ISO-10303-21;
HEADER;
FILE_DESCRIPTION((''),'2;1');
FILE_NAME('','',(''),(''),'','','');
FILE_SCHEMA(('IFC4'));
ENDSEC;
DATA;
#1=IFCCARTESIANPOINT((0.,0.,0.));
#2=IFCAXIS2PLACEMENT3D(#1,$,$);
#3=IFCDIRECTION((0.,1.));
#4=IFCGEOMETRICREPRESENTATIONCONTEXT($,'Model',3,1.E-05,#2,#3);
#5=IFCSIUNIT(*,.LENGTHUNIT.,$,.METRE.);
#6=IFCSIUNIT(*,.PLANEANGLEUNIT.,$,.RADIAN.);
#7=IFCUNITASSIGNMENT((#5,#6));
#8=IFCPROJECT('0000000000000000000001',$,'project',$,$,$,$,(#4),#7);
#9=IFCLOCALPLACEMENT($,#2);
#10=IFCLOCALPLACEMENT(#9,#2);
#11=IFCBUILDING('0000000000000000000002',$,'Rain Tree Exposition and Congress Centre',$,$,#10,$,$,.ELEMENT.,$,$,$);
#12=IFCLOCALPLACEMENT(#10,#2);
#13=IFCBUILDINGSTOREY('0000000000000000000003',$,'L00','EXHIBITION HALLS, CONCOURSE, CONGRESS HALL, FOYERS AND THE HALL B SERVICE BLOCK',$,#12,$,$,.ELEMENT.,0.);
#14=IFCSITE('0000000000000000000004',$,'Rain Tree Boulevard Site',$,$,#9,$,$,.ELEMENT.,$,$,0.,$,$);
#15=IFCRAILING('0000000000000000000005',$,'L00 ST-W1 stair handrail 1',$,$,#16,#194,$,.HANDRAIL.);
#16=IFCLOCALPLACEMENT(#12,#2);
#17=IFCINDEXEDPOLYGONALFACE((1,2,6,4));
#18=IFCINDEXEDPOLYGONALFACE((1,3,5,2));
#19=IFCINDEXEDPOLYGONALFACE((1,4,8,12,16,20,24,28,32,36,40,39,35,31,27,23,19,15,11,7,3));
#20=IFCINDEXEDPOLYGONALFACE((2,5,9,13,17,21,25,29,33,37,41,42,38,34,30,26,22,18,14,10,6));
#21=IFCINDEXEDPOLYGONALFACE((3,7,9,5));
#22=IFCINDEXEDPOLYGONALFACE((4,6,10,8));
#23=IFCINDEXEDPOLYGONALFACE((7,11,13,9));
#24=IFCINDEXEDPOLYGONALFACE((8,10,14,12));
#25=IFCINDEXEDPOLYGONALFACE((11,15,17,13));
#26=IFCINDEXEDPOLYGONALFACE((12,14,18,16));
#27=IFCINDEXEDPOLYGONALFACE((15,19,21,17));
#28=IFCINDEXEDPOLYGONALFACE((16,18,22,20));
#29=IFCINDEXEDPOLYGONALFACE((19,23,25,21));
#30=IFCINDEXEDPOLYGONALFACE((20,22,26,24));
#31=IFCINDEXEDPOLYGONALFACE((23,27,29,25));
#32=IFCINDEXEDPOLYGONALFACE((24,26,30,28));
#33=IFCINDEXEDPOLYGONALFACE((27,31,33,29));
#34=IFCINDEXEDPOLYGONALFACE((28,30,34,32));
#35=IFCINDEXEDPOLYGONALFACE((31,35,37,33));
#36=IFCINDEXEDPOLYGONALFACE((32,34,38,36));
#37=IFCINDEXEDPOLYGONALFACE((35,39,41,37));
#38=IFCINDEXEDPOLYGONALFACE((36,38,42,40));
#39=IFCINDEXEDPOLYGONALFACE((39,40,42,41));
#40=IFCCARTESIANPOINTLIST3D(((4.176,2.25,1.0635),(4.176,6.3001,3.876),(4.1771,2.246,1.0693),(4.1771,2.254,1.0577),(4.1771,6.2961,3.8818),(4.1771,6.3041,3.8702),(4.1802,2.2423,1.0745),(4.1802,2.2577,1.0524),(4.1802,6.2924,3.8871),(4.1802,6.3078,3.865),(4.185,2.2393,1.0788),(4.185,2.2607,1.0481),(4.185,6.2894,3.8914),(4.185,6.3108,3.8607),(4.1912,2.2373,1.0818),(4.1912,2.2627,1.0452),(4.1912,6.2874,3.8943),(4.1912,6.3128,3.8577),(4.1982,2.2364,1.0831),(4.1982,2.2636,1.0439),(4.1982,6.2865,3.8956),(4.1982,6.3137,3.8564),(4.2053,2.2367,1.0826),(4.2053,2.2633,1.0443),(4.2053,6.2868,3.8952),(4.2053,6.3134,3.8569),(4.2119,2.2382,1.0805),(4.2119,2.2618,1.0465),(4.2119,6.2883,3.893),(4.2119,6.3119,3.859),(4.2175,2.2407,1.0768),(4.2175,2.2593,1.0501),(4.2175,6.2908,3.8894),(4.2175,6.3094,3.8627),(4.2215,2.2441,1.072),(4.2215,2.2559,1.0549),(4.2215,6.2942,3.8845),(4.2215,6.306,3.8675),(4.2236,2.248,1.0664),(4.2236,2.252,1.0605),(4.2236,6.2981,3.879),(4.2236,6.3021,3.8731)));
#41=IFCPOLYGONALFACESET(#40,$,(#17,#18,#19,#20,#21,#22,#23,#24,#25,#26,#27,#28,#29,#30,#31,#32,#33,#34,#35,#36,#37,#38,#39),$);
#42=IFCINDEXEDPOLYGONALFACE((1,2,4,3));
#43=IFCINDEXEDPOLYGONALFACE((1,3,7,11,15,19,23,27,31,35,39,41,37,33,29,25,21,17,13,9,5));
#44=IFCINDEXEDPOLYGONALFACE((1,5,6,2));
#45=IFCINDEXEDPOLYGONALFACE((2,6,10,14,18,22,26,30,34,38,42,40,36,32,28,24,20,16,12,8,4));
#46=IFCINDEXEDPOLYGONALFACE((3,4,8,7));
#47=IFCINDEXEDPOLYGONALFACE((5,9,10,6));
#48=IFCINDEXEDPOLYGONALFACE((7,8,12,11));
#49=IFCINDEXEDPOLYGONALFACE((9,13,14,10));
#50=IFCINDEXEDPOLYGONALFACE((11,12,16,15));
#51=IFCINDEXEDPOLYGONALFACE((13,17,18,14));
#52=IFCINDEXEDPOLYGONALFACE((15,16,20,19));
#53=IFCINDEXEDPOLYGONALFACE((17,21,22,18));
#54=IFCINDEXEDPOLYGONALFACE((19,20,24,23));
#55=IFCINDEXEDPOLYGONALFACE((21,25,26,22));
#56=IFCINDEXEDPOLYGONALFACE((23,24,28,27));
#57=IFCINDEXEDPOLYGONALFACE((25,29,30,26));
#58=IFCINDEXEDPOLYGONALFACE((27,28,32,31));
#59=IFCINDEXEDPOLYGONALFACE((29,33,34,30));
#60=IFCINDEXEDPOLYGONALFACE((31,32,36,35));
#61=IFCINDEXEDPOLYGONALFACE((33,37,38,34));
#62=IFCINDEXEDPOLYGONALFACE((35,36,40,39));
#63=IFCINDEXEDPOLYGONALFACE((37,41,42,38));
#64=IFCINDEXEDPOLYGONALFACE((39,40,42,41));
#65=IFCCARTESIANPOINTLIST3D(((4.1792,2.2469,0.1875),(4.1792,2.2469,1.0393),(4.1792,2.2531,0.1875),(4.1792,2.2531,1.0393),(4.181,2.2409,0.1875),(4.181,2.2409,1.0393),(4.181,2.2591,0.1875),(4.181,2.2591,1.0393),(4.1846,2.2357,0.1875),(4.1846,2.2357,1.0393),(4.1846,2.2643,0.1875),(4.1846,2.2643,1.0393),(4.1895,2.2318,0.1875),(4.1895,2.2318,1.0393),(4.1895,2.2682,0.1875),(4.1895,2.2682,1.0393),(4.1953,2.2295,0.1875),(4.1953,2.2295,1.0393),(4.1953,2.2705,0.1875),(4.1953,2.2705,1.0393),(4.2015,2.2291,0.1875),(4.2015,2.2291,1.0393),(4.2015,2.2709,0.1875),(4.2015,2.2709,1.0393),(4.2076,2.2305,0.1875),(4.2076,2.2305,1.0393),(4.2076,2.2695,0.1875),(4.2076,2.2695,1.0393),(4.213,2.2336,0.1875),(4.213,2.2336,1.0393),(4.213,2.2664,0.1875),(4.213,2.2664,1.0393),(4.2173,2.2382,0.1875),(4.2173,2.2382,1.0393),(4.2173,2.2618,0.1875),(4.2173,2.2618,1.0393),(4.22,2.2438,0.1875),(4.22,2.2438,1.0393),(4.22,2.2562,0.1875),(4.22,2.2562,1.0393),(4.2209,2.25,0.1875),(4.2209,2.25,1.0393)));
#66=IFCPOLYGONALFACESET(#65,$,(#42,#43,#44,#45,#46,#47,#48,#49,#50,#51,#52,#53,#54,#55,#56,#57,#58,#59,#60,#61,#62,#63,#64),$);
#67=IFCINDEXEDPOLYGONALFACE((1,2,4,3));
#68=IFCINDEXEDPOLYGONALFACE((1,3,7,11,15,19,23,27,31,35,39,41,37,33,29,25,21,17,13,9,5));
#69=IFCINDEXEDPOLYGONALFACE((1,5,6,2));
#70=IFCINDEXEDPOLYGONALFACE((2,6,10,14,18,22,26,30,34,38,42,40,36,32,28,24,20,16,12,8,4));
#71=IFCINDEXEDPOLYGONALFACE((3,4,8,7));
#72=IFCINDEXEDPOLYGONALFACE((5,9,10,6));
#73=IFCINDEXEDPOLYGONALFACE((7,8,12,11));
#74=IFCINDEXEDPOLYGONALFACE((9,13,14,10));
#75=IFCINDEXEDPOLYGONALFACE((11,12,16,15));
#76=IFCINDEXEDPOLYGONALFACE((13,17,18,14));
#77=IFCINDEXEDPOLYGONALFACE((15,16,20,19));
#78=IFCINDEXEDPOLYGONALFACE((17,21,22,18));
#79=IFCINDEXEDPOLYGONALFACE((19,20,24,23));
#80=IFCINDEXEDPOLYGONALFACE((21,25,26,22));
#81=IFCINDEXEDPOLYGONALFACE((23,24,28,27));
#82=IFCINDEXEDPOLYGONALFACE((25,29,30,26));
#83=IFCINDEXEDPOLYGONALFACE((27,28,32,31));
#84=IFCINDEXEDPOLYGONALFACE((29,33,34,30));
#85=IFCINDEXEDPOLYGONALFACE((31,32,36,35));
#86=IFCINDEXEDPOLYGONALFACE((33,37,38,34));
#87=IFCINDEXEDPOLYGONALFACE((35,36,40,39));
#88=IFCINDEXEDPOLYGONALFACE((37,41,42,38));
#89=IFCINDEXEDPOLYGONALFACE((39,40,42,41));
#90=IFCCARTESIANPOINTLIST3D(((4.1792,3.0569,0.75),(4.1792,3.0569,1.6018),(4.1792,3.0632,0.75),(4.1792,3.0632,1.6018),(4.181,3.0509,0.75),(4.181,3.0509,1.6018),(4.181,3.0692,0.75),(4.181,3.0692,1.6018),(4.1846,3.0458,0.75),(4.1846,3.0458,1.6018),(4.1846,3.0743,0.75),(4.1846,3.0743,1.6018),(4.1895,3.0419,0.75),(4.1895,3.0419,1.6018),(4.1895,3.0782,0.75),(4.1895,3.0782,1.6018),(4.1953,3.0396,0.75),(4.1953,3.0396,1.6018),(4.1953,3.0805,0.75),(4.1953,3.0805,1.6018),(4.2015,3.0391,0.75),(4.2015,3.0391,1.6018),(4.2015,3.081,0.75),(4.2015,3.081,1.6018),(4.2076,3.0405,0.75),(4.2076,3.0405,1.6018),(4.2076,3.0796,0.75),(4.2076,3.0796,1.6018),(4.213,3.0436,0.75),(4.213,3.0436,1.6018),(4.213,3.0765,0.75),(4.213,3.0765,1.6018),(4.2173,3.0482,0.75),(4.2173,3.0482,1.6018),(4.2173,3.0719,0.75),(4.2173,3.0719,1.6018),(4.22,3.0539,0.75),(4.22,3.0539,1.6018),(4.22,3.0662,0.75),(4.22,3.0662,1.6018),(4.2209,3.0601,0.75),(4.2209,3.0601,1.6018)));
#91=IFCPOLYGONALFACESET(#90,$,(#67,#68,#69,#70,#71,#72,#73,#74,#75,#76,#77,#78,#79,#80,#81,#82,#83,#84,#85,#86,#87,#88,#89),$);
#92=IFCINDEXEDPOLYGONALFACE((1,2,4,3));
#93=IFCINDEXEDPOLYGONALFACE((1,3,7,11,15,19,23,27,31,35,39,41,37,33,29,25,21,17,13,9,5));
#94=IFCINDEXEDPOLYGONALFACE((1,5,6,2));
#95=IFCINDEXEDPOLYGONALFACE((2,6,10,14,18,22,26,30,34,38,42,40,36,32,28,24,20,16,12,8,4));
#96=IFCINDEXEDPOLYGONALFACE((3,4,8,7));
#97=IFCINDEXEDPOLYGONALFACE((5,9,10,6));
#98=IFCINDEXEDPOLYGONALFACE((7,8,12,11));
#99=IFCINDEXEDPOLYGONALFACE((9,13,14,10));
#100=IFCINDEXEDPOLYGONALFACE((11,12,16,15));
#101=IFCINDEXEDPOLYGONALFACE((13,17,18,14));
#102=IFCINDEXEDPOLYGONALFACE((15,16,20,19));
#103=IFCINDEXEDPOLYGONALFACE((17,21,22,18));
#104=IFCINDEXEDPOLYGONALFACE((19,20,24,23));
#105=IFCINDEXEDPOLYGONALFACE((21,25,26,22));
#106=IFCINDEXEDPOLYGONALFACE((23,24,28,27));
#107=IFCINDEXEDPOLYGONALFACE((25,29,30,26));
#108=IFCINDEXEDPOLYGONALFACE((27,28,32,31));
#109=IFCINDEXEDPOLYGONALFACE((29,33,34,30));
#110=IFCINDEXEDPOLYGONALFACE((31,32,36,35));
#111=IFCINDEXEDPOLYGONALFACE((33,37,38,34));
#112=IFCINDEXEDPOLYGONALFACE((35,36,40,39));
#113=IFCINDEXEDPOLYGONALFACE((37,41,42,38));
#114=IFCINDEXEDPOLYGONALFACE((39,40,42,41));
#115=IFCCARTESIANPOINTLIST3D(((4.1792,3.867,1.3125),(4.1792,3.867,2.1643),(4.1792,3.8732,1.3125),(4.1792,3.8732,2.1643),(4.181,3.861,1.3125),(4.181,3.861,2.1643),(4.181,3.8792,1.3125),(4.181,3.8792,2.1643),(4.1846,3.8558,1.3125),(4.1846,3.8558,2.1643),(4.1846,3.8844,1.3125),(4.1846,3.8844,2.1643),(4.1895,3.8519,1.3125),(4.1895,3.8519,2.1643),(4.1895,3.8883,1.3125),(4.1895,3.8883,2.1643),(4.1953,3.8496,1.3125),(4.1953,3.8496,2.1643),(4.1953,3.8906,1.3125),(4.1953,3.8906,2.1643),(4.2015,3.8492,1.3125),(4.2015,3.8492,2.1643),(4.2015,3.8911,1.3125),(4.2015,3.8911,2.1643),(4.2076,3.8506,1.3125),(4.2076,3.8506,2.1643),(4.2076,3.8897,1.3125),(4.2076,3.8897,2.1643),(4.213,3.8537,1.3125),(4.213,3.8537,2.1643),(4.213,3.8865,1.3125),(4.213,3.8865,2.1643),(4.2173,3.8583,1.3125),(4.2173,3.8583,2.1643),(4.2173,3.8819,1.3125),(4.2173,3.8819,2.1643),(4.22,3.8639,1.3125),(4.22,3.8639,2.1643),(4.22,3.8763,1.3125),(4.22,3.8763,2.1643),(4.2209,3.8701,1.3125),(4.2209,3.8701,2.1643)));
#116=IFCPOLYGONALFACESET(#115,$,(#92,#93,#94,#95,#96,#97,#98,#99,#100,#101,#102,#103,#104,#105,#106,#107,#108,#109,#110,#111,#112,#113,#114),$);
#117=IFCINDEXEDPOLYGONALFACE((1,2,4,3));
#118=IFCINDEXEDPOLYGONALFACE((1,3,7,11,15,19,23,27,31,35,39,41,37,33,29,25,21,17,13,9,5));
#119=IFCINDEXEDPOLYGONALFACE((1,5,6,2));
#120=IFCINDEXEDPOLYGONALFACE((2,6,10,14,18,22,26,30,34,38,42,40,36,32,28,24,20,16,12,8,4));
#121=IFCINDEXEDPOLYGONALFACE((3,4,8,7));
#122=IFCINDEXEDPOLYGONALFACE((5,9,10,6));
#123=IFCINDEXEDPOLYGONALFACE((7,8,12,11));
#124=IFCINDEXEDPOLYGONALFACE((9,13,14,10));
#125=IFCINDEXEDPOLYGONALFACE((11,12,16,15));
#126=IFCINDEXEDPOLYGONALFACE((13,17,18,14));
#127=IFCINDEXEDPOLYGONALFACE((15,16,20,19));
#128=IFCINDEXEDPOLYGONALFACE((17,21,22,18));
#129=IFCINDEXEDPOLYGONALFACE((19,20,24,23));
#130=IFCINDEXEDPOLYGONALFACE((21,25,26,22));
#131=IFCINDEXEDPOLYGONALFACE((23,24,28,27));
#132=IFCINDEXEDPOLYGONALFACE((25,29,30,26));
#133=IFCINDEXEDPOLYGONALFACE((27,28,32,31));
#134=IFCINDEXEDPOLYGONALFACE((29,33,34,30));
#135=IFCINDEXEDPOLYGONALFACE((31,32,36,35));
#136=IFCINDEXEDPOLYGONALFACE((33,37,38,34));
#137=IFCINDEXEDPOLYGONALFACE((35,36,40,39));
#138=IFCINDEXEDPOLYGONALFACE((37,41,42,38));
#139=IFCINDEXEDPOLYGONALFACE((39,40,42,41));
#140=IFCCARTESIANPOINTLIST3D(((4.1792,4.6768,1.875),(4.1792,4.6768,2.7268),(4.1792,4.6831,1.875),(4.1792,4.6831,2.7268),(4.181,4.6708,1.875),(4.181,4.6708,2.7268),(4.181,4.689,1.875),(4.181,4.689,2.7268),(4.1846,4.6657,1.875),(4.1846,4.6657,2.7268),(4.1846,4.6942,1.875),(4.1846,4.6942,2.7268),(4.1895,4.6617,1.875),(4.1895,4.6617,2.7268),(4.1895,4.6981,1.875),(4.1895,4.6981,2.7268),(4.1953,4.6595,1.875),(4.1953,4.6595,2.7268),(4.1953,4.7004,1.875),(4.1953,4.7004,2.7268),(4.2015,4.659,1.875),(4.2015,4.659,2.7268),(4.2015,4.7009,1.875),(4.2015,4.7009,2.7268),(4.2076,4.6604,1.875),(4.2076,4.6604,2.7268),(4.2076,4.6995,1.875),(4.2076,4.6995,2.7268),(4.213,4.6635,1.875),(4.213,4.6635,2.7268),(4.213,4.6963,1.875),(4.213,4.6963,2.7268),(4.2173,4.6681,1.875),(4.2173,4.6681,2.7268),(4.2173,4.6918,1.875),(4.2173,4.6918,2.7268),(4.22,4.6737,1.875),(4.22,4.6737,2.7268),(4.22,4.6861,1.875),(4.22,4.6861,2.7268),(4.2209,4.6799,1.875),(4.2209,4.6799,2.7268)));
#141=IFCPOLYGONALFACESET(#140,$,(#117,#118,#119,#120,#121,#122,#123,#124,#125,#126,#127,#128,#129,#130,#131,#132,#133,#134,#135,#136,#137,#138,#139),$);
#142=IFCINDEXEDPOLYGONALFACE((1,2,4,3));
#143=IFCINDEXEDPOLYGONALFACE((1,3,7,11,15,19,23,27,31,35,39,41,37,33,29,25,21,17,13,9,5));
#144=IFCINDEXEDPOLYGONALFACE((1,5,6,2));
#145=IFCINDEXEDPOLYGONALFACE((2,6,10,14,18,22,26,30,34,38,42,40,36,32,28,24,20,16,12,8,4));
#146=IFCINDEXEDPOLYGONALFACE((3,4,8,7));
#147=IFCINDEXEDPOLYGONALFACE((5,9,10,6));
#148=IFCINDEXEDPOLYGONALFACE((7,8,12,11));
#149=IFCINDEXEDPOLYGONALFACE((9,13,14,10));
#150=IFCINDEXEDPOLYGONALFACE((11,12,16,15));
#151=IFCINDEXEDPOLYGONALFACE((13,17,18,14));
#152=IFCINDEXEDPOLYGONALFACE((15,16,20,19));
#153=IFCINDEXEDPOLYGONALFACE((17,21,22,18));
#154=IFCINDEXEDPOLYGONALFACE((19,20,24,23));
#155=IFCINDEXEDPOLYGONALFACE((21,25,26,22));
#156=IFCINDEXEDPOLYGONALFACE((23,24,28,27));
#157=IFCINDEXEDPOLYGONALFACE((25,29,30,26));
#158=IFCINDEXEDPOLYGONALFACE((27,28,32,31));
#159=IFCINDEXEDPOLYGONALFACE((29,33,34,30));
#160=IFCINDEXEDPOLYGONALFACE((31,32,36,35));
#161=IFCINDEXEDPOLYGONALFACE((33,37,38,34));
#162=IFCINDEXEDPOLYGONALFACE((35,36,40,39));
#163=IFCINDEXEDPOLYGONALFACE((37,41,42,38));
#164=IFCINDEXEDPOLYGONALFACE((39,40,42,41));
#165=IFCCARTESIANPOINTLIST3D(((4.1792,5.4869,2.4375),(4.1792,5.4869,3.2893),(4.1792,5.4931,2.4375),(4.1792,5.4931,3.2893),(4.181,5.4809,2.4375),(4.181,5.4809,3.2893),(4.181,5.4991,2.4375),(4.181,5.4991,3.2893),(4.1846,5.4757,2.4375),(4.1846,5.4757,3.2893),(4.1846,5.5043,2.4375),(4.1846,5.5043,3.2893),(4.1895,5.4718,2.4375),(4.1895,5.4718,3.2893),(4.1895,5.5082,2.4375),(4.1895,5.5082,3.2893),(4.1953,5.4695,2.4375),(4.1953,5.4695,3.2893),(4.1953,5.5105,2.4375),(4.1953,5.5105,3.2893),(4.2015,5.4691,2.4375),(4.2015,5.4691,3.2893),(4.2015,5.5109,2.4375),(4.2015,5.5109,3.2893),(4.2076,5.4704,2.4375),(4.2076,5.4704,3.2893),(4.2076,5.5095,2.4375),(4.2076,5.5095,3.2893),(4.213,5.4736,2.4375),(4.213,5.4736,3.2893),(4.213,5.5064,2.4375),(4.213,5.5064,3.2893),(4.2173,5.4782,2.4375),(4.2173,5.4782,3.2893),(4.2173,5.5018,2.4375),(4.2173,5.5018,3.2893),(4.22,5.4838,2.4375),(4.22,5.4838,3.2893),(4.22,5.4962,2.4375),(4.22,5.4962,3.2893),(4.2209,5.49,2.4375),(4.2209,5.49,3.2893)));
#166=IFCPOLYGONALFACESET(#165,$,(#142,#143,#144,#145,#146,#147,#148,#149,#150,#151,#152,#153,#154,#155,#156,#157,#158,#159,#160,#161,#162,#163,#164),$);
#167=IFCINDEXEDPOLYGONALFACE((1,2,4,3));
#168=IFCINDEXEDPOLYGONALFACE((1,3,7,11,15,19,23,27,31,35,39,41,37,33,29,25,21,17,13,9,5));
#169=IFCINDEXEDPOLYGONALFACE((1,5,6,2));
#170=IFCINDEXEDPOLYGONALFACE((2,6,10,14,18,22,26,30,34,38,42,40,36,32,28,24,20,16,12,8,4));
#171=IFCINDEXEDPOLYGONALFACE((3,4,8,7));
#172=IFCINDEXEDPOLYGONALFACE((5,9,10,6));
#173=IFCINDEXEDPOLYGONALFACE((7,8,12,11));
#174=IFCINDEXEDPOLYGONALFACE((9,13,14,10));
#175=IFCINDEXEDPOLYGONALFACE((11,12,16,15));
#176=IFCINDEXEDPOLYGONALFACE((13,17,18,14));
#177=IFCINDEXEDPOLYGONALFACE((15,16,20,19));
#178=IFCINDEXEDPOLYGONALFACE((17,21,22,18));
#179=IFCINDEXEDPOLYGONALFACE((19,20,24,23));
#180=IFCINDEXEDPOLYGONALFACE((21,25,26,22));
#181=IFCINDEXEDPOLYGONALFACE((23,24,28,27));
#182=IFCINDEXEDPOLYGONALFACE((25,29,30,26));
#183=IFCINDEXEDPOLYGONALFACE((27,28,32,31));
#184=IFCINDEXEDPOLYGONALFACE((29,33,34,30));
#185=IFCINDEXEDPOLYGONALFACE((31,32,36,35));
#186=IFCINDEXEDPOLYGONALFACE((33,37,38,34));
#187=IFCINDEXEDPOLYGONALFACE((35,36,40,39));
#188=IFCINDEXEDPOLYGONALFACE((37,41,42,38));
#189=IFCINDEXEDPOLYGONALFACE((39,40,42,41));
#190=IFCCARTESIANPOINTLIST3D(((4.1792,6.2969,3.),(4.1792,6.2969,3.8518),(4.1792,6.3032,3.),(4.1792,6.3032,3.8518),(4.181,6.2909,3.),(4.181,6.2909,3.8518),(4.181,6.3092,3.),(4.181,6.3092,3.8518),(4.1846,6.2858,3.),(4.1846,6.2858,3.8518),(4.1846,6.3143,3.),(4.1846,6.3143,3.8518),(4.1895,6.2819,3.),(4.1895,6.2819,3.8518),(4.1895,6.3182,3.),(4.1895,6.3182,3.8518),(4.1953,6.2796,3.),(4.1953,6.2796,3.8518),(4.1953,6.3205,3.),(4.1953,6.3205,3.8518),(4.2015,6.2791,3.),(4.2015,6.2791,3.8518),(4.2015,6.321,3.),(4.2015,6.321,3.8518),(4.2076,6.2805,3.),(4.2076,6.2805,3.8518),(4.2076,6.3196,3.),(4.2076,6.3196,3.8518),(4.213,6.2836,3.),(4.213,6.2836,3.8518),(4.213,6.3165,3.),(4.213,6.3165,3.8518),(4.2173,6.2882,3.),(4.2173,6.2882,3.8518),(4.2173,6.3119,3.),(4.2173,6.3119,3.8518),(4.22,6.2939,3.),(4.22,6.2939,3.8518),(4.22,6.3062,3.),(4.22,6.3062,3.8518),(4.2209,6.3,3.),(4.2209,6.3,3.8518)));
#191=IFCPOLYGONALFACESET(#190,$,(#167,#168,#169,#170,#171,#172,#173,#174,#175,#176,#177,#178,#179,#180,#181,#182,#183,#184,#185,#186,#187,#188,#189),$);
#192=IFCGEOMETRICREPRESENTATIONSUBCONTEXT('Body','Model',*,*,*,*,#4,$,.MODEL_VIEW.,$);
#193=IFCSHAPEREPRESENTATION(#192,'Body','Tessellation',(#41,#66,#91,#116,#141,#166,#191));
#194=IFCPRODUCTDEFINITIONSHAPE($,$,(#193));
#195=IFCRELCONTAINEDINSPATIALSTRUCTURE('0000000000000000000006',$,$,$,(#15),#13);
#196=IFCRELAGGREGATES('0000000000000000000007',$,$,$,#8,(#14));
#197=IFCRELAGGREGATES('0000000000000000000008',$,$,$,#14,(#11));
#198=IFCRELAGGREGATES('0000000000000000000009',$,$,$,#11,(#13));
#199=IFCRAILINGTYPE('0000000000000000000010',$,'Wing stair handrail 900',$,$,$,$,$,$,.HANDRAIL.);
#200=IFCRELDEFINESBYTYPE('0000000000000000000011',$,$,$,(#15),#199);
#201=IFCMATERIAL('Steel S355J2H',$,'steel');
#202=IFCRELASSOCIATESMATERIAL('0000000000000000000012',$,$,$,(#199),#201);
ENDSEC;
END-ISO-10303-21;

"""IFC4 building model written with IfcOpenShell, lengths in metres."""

from ifc_helpers import new_model, si_unit, direction, frame, origin, origin_2d, place, context, subcontext, project, spatial, circle, extrude, material, type_object, element, save


model = new_model("IFC4")

# Units and contexts
model_context = context("Model", 3, precision=1e-05, world=origin(), true_north=direction((0.0, 1.0)))
body_context = subcontext(model_context, "Body", "Model", "MODEL_VIEW")
ifc_project = project(units=[si_unit("LENGTHUNIT", "METRE"), si_unit("PLANEANGLEUNIT", "RADIAN")], contexts=[model_context])

# Site, building, storey
site_placement = place(None, origin())
site = spatial("IfcSite", under=ifc_project, at=site_placement, Name="Rain Tree Boulevard Site", CompositionType="ELEMENT", RefElevation=0.0)
building_placement = place(site_placement, origin())
building = spatial("IfcBuilding", under=site, at=building_placement, Name="Rain Tree Exposition and Congress Centre", CompositionType="ELEMENT")
storey_placement = place(building_placement, origin())
storey = spatial("IfcBuildingStorey", under=building, at=storey_placement, Name="L00", Description="EXHIBITION HALLS, CONCOURSE, CONGRESS HALL, FOYERS AND THE HALL B SERVICE BLOCK", CompositionType="ELEMENT", Elevation=0.0)

# Railing
ifc_material_1 = material(Name="Steel S355J2H", Category="steel")
railing_type_1 = type_object("IfcRailingType", Name="Wing stair handrail 900", PredefinedType="HANDRAIL", material=ifc_material_1)
railing_1_placement = place(storey_placement, frame((4.2, 2.25, 0.1875)))
element("IfcRailing", 1, at=railing_1_placement, inside=storey, type_object=railing_type_1, Name="L00 ST-W1 stair handrail 1", PredefinedType="HANDRAIL", context=body_context, shape_type="SweptSolid", body=[
    extrude(circle(Radius=0.0239, at=origin_2d()), frame((0.0, 0.0, 0.876), z_axis=(0.0, 0.821373, 0.570391), x_axis=(-1.0, 0.0, 0.0)), (0.0, 0.0, 1.0), 4.9309),
    extrude(circle(Radius=0.021, at=origin_2d()), origin(), (0.0, 0.0, 1.0), 0.8518),
    extrude(circle(Radius=0.021, at=origin_2d()), frame((0.0, 0.8101, 0.5625)), (0.0, 0.0, 1.0), 0.8518),
    extrude(circle(Radius=0.021, at=origin_2d()), frame((0.0, 1.6201, 1.125)), (0.0, 0.0, 1.0), 0.8518),
    extrude(circle(Radius=0.021, at=origin_2d()), frame((0.0, 2.4299, 1.6875)), (0.0, 0.0, 1.0), 0.8518),
    extrude(circle(Radius=0.021, at=origin_2d()), frame((0.0, 3.24, 2.25)), (0.0, 0.0, 1.0), 0.8518),
    extrude(circle(Radius=0.021, at=origin_2d()), frame((0.0, 4.05, 2.8125)), (0.0, 0.0, 1.0), 0.8518),
])

save(model, "model.ifc")
